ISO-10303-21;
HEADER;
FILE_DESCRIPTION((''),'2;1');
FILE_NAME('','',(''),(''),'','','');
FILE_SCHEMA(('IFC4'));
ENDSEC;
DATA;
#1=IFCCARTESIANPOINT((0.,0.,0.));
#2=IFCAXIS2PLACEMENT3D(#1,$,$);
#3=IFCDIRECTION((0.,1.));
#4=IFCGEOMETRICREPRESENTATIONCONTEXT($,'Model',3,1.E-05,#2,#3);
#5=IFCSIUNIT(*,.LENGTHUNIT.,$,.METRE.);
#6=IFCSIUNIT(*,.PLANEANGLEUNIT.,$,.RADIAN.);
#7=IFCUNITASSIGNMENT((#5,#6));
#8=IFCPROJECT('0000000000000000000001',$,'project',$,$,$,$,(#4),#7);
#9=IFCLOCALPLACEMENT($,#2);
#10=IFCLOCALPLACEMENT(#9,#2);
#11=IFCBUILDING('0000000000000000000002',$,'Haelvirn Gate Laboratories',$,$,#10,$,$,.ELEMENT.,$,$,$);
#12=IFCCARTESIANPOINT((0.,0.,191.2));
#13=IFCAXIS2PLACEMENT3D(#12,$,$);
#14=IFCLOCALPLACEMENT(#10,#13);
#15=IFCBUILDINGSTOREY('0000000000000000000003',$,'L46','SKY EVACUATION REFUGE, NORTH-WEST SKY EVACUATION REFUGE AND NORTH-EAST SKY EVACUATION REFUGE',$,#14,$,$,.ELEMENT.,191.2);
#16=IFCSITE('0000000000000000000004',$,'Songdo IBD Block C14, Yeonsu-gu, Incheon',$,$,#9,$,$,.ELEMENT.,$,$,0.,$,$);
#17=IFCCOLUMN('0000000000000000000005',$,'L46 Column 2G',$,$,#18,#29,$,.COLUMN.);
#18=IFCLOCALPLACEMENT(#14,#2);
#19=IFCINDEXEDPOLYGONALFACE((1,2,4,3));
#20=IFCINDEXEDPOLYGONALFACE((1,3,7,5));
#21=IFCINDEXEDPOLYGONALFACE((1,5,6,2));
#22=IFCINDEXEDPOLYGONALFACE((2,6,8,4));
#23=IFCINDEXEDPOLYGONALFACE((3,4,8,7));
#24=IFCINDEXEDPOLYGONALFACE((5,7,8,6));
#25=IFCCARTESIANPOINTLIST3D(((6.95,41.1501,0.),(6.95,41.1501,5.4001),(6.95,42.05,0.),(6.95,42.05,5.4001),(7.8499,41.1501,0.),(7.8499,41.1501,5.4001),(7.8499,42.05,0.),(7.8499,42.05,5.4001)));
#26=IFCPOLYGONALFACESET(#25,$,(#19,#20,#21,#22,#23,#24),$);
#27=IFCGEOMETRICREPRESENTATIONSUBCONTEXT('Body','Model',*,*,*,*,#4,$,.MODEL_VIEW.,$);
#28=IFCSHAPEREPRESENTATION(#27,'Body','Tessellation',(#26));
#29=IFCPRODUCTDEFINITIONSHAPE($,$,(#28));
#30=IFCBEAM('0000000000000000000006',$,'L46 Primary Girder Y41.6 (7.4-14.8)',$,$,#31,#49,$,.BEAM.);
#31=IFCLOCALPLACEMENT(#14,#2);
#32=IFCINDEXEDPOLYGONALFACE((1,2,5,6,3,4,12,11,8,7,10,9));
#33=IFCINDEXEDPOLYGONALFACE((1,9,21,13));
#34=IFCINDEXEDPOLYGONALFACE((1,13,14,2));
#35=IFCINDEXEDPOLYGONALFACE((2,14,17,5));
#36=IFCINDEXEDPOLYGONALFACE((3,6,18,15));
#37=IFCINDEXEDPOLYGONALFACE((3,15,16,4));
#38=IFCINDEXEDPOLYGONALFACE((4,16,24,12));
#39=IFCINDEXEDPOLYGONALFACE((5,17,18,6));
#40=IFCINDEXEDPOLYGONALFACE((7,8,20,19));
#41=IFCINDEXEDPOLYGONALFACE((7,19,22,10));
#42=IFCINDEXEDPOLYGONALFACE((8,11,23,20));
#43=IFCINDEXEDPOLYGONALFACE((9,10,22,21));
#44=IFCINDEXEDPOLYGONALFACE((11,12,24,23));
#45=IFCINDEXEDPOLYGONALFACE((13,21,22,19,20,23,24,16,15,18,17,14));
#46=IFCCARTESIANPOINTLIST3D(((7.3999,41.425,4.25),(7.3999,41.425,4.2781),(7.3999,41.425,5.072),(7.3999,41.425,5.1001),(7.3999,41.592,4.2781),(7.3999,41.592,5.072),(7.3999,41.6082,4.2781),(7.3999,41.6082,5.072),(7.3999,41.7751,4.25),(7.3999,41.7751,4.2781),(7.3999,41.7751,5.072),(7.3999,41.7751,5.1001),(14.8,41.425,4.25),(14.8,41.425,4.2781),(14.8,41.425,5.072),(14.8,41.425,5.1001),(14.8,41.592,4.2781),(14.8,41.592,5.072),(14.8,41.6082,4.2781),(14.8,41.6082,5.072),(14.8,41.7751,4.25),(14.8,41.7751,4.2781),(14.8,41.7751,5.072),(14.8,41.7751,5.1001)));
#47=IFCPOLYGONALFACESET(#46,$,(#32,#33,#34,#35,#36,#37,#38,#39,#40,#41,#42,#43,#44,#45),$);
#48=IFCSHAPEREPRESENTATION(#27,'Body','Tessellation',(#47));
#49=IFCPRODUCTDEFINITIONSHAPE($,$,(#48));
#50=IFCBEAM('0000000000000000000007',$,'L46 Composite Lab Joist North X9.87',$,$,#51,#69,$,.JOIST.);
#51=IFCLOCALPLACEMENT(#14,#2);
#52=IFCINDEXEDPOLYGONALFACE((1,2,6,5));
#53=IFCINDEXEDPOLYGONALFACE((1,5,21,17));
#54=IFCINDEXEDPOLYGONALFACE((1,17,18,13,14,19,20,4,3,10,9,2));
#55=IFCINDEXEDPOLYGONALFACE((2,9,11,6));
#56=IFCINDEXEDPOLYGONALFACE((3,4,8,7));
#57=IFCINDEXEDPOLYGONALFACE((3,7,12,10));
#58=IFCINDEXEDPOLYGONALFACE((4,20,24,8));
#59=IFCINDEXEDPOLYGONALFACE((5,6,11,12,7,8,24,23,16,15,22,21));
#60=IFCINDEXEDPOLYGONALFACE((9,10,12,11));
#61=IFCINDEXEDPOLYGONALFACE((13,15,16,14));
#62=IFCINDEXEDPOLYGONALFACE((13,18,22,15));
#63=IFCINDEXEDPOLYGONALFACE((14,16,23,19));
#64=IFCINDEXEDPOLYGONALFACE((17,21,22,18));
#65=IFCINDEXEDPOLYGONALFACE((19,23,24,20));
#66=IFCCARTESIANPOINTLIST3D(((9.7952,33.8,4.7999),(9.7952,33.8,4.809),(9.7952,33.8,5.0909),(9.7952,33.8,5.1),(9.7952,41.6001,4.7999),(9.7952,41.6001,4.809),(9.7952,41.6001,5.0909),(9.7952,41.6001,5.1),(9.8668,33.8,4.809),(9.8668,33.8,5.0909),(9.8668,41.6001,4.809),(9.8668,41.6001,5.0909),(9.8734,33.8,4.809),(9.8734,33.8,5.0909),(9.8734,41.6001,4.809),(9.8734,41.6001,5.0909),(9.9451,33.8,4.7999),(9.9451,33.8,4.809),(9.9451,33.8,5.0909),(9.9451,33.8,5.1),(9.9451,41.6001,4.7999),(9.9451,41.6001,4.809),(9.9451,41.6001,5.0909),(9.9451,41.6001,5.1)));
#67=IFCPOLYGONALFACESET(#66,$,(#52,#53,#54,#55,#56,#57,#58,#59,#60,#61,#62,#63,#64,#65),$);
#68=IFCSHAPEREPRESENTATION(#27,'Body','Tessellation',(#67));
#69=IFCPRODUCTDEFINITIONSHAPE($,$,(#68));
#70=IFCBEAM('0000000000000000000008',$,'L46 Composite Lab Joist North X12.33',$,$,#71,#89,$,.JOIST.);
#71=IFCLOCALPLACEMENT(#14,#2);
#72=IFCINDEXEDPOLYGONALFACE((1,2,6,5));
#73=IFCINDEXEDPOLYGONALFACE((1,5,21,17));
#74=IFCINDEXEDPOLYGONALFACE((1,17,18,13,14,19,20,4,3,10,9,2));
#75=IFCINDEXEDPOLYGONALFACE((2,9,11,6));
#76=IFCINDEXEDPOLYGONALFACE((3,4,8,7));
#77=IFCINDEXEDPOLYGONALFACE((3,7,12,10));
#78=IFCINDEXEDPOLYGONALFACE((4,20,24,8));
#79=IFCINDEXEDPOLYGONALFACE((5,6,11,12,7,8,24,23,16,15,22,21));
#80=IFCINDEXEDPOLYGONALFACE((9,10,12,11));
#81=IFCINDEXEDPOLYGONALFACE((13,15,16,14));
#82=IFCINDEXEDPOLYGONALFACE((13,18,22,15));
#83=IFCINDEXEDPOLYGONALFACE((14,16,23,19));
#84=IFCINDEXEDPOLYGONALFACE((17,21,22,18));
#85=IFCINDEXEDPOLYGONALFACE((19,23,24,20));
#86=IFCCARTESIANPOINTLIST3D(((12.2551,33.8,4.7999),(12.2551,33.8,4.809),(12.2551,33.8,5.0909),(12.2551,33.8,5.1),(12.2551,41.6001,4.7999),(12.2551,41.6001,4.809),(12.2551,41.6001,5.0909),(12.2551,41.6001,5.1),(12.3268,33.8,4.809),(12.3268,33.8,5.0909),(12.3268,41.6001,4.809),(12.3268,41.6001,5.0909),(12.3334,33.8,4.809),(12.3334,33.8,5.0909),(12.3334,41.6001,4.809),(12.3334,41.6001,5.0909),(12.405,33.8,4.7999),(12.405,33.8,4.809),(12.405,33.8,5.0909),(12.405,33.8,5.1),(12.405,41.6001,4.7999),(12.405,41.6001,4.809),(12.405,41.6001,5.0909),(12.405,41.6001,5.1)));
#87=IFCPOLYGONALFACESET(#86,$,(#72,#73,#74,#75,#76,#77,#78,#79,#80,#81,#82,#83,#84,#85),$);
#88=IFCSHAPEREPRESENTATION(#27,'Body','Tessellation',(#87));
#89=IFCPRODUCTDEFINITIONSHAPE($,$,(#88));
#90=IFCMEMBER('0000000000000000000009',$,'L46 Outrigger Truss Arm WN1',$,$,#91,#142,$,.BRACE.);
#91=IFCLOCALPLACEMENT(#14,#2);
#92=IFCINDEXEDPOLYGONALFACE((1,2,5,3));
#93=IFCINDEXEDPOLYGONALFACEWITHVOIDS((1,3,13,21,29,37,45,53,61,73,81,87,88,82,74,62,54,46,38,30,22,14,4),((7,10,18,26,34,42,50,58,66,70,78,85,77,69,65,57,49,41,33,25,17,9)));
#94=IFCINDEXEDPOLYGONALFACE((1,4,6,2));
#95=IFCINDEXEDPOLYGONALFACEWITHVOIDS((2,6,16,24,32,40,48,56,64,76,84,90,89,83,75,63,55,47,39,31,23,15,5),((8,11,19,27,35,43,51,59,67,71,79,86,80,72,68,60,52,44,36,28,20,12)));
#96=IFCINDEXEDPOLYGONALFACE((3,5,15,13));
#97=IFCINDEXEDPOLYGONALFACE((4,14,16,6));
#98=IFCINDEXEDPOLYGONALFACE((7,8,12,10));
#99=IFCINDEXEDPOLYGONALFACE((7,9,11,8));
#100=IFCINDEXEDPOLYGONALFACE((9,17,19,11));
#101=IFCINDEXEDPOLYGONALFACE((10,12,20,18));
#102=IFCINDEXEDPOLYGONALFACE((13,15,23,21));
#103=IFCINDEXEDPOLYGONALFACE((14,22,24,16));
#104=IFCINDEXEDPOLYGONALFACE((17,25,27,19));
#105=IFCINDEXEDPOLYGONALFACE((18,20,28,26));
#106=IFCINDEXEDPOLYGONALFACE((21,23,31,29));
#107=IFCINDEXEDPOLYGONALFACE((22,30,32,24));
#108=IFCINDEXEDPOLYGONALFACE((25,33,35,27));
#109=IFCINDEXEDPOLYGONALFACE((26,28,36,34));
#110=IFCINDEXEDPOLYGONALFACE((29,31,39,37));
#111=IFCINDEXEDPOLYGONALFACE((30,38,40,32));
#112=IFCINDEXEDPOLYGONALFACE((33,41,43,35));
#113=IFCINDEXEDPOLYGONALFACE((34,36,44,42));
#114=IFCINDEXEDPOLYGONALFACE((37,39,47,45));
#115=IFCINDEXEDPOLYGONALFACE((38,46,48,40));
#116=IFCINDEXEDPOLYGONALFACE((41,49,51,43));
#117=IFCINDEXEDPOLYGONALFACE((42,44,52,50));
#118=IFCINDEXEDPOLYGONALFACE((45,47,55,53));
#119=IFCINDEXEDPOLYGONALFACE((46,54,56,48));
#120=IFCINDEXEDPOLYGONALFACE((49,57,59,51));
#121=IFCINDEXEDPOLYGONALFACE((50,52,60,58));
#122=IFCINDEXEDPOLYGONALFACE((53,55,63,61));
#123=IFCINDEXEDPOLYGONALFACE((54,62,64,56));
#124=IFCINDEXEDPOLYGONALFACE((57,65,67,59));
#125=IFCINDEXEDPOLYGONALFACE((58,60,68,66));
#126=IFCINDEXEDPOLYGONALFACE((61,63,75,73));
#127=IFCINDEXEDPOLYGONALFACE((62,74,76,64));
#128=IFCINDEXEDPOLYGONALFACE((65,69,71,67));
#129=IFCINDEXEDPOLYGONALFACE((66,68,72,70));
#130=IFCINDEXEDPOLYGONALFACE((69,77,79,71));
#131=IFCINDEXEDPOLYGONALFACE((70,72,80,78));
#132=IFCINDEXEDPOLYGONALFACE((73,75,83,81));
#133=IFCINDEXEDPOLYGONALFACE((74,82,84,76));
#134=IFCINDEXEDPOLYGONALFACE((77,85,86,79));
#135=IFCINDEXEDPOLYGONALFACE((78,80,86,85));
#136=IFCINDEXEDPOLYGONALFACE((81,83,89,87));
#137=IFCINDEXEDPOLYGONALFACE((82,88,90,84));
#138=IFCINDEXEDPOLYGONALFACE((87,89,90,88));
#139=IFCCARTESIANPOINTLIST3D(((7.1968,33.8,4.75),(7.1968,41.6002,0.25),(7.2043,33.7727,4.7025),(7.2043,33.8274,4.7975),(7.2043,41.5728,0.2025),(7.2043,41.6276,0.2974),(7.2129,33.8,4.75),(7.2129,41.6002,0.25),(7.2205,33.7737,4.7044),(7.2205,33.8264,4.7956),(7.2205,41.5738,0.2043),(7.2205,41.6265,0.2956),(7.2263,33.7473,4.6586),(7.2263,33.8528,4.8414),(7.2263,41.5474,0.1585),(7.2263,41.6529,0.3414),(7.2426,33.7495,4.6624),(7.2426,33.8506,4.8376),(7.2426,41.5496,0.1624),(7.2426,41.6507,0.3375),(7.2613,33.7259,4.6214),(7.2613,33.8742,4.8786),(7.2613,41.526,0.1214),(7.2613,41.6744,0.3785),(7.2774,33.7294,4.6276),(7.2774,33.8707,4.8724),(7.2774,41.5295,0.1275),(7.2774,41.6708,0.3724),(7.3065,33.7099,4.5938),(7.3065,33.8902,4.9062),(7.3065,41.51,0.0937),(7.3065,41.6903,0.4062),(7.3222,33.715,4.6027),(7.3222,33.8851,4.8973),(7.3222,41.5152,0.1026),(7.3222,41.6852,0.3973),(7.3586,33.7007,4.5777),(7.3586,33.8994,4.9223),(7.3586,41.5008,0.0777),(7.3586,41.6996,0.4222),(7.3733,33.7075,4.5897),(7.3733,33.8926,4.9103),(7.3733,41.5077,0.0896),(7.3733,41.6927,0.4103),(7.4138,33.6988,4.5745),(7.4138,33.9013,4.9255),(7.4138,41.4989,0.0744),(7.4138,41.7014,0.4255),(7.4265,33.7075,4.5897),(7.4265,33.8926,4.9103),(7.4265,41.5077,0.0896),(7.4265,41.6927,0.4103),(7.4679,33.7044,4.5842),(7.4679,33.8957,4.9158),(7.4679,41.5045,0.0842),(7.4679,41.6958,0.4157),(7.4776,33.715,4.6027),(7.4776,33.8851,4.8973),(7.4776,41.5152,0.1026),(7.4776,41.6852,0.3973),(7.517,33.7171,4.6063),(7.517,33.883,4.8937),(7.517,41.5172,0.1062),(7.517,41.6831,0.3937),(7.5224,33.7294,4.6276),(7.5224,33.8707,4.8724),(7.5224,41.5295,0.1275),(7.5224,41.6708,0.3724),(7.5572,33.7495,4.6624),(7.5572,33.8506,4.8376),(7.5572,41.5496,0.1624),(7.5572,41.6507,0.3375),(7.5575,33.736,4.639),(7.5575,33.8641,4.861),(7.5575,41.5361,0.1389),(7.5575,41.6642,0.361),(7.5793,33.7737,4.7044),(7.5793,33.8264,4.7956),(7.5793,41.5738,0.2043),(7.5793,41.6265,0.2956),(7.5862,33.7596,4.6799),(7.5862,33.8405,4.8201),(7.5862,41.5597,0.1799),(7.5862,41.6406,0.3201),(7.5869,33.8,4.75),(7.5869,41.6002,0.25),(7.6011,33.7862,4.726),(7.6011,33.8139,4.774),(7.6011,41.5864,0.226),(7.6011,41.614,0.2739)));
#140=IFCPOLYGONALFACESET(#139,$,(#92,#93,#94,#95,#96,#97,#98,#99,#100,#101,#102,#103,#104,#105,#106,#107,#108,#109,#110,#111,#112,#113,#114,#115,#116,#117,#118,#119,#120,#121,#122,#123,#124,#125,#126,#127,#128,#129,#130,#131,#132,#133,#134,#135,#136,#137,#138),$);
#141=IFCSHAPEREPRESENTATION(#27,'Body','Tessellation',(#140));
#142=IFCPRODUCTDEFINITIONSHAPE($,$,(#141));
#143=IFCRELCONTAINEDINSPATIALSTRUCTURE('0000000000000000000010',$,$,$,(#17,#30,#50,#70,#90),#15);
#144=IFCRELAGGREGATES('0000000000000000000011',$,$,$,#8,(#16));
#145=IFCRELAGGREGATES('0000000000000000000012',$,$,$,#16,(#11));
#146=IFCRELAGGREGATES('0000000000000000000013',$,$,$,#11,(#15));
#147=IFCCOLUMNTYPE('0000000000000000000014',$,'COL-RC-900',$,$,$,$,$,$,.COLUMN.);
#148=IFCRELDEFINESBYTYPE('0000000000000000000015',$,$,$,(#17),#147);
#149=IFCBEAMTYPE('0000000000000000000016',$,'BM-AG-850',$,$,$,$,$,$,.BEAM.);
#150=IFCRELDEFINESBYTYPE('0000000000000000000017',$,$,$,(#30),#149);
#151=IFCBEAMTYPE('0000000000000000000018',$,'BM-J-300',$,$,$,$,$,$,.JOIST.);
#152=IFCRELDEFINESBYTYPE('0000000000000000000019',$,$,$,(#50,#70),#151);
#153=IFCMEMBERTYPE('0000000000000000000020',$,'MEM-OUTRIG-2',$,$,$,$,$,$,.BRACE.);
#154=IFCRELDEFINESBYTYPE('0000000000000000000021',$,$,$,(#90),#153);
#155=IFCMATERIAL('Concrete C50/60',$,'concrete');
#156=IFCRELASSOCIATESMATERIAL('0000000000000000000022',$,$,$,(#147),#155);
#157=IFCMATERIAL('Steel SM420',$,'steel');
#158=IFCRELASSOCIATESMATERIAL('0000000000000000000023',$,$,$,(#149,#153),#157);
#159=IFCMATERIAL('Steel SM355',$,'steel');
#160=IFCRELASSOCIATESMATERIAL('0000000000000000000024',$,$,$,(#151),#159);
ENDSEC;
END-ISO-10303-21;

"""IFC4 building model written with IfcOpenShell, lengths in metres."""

from ifc_helpers import new_model, si_unit, direction, frame, origin, origin_2d, place, context, subcontext, project, spatial, rectangle, hollow_circle, i_section, extrude, source, transform, mapped, material, material_profile, profile_set, type_object, type_shapes, element, save


model = new_model("IFC4")

# Units and contexts
model_context = context("Model", 3, precision=1e-05, world=origin(), true_north=direction((0.0, 1.0)))
body_context = subcontext(model_context, "Body", "Model", "MODEL_VIEW")
ifc_project = project(units=[si_unit("LENGTHUNIT", "METRE"), si_unit("PLANEANGLEUNIT", "RADIAN")], contexts=[model_context])

# Site, building, storey
site_placement = place(None, origin())
site = spatial("IfcSite", under=ifc_project, at=site_placement, Name="Songdo IBD Block C14, Yeonsu-gu, Incheon", CompositionType="ELEMENT", RefElevation=0.0)
building_placement = place(site_placement, origin())
building = spatial("IfcBuilding", under=site, at=building_placement, Name="Haelvirn Gate Laboratories", CompositionType="ELEMENT")
storey_placement = place(building_placement, frame((0.0, 0.0, 191.2)))
storey = spatial("IfcBuildingStorey", under=building, at=storey_placement, Name="L46", Description="SKY EVACUATION REFUGE, NORTH-WEST SKY EVACUATION REFUGE AND NORTH-EAST SKY EVACUATION REFUGE", CompositionType="ELEMENT", Elevation=191.2)

# Column
ifc_material_1 = material(Name="Concrete C50/60", Category="concrete")
ifc_material_profile_1 = material_profile(ifc_material_1, rectangle(XDim=0.8999, YDim=0.8999, at=origin_2d()), Name="RC-900x900")
ifc_profile_set_1 = profile_set([ifc_material_profile_1], Name="Concrete C50/60")
column_type = type_object("IfcColumnType", Name="COL-RC-900", PredefinedType="COLUMN", material=ifc_profile_set_1)
shared_shape_1 = source(origin(), body_context, "Body", "SweptSolid", [
    extrude(rectangle(XDim=0.8999, YDim=0.8999, at=origin_2d()), origin(), (0.0, 0.0, 1.0), 5.4001),
])
type_shapes(column_type, [shared_shape_1])
column_placement = place(storey_placement, frame((7.3999, 41.6001, 0.0), z_axis=(0.0, 0.0, 1.0), x_axis=(1.0, 0.0, 0.0)))
element("IfcColumn", 1, at=column_placement, inside=storey, type_object=column_type, Name="L46 Column 2G", PredefinedType="COLUMN", context=body_context, shape_type="MappedRepresentation", body=[
    mapped(shared_shape_1, transform((0.0, 0.0, 0.0), scale=1.0)),
])

# Beams
ifc_material_2 = material(Name="Steel SM420", Category="steel")
ifc_material_profile_2 = material_profile(ifc_material_2, i_section(OverallWidth=0.3501, OverallDepth=0.8501, WebThickness=0.0161, FlangeThickness=0.0281, at=origin_2d()), Name="H-850x350x16x28")
ifc_profile_set_2 = profile_set([ifc_material_profile_2], Name="Steel SM420")
beam_type_1 = type_object("IfcBeamType", Name="BM-AG-850", PredefinedType="BEAM", material=ifc_profile_set_2)
shared_shape_2 = source(origin(), body_context, "Body", "SweptSolid", [
    extrude(i_section(OverallWidth=0.3501, OverallDepth=0.8501, WebThickness=0.0161, FlangeThickness=0.0281, at=origin_2d()), origin(), (0.0, 0.0, 1.0), 7.4001),
])
type_shapes(beam_type_1, [shared_shape_2])
beam_placement = place(storey_placement, frame((7.3999, 41.6001, 4.675), z_axis=(1.0, 0.0, 0.0), x_axis=(0.0, 1.0, 0.0)))
element("IfcBeam", 2, at=beam_placement, inside=storey, type_object=beam_type_1, Name="L46 Primary Girder Y41.6 (7.4-14.8)", PredefinedType="BEAM", context=body_context, shape_type="MappedRepresentation", body=[
    mapped(shared_shape_2, transform((0.0, 0.0, 0.0), scale=1.0)),
])
ifc_material_3 = material(Name="Steel SM355", Category="steel")
ifc_material_profile_3 = material_profile(ifc_material_3, i_section(OverallWidth=0.1499, OverallDepth=0.3, WebThickness=0.0066, FlangeThickness=0.009, at=origin_2d()), Name="H-300x150x6.5x9")
ifc_profile_set_3 = profile_set([ifc_material_profile_3], Name="Steel SM355")
beam_type_2 = type_object("IfcBeamType", Name="BM-J-300", PredefinedType="JOIST", material=ifc_profile_set_3)
shared_shape_3 = source(origin(), body_context, "Body", "SweptSolid", [
    extrude(i_section(OverallWidth=0.1499, OverallDepth=0.3, WebThickness=0.0066, FlangeThickness=0.009, at=origin_2d()), origin(), (0.0, 0.0, 1.0), 7.8),
])
type_shapes(beam_type_2, [shared_shape_3])
for number, where, z_axis, x_axis, name in (
    (3, (9.8701, 33.8, 4.95), (0.0, 1.0, 0.0), (-1.0, 0.0, 0.0), "L46 Composite Lab Joist North X9.87"),
    (4, (12.3301, 33.8, 4.95), (0.0, 1.0, 0.0), (-1.0, 0.0, 0.0), "L46 Composite Lab Joist North X12.33"),
):
    element("IfcBeam", number, at=place(storey_placement, frame(where, z_axis=z_axis, x_axis=x_axis)), inside=storey, type_object=beam_type_2, Name=name, PredefinedType="JOIST", context=body_context, shape_type="MappedRepresentation", body=[
        mapped(shared_shape_3, transform((0.0, 0.0, 0.0), scale=1.0)),
    ])

# Member
ifc_material_profile_4 = material_profile(ifc_material_2, hollow_circle(Radius=0.2031, WallThickness=0.0161, at=origin_2d()), Name="CHS-406x16")
ifc_profile_set_4 = profile_set([ifc_material_profile_4], Name="Steel SM420")
member_type_1 = type_object("IfcMemberType", Name="MEM-OUTRIG-2", PredefinedType="BRACE", material=ifc_profile_set_4)
shared_shape_4 = source(origin(), body_context, "Body", "SweptSolid", [
    extrude(hollow_circle(Radius=0.2031, WallThickness=0.0161, at=origin_2d()), origin(), (0.0, 0.0, 1.0), 9.0051),
])
type_shapes(member_type_1, [shared_shape_4])
for number, where, z_axis, x_axis, name in (
    (5, (7.3999, 33.8, 4.75), (0.0, 0.866187, -0.49972), (-1.0, 0.0, 0.0), "L46 Outrigger Truss Arm WN1"),
):
    element("IfcMember", number, at=place(storey_placement, frame(where, z_axis=z_axis, x_axis=x_axis)), inside=storey, type_object=member_type_1, Name=name, PredefinedType="BRACE", context=body_context, shape_type="MappedRepresentation", body=[
        mapped(shared_shape_4, transform((0.0, 0.0, 0.0), scale=1.0)),
    ])

save(model, "model.ifc")
